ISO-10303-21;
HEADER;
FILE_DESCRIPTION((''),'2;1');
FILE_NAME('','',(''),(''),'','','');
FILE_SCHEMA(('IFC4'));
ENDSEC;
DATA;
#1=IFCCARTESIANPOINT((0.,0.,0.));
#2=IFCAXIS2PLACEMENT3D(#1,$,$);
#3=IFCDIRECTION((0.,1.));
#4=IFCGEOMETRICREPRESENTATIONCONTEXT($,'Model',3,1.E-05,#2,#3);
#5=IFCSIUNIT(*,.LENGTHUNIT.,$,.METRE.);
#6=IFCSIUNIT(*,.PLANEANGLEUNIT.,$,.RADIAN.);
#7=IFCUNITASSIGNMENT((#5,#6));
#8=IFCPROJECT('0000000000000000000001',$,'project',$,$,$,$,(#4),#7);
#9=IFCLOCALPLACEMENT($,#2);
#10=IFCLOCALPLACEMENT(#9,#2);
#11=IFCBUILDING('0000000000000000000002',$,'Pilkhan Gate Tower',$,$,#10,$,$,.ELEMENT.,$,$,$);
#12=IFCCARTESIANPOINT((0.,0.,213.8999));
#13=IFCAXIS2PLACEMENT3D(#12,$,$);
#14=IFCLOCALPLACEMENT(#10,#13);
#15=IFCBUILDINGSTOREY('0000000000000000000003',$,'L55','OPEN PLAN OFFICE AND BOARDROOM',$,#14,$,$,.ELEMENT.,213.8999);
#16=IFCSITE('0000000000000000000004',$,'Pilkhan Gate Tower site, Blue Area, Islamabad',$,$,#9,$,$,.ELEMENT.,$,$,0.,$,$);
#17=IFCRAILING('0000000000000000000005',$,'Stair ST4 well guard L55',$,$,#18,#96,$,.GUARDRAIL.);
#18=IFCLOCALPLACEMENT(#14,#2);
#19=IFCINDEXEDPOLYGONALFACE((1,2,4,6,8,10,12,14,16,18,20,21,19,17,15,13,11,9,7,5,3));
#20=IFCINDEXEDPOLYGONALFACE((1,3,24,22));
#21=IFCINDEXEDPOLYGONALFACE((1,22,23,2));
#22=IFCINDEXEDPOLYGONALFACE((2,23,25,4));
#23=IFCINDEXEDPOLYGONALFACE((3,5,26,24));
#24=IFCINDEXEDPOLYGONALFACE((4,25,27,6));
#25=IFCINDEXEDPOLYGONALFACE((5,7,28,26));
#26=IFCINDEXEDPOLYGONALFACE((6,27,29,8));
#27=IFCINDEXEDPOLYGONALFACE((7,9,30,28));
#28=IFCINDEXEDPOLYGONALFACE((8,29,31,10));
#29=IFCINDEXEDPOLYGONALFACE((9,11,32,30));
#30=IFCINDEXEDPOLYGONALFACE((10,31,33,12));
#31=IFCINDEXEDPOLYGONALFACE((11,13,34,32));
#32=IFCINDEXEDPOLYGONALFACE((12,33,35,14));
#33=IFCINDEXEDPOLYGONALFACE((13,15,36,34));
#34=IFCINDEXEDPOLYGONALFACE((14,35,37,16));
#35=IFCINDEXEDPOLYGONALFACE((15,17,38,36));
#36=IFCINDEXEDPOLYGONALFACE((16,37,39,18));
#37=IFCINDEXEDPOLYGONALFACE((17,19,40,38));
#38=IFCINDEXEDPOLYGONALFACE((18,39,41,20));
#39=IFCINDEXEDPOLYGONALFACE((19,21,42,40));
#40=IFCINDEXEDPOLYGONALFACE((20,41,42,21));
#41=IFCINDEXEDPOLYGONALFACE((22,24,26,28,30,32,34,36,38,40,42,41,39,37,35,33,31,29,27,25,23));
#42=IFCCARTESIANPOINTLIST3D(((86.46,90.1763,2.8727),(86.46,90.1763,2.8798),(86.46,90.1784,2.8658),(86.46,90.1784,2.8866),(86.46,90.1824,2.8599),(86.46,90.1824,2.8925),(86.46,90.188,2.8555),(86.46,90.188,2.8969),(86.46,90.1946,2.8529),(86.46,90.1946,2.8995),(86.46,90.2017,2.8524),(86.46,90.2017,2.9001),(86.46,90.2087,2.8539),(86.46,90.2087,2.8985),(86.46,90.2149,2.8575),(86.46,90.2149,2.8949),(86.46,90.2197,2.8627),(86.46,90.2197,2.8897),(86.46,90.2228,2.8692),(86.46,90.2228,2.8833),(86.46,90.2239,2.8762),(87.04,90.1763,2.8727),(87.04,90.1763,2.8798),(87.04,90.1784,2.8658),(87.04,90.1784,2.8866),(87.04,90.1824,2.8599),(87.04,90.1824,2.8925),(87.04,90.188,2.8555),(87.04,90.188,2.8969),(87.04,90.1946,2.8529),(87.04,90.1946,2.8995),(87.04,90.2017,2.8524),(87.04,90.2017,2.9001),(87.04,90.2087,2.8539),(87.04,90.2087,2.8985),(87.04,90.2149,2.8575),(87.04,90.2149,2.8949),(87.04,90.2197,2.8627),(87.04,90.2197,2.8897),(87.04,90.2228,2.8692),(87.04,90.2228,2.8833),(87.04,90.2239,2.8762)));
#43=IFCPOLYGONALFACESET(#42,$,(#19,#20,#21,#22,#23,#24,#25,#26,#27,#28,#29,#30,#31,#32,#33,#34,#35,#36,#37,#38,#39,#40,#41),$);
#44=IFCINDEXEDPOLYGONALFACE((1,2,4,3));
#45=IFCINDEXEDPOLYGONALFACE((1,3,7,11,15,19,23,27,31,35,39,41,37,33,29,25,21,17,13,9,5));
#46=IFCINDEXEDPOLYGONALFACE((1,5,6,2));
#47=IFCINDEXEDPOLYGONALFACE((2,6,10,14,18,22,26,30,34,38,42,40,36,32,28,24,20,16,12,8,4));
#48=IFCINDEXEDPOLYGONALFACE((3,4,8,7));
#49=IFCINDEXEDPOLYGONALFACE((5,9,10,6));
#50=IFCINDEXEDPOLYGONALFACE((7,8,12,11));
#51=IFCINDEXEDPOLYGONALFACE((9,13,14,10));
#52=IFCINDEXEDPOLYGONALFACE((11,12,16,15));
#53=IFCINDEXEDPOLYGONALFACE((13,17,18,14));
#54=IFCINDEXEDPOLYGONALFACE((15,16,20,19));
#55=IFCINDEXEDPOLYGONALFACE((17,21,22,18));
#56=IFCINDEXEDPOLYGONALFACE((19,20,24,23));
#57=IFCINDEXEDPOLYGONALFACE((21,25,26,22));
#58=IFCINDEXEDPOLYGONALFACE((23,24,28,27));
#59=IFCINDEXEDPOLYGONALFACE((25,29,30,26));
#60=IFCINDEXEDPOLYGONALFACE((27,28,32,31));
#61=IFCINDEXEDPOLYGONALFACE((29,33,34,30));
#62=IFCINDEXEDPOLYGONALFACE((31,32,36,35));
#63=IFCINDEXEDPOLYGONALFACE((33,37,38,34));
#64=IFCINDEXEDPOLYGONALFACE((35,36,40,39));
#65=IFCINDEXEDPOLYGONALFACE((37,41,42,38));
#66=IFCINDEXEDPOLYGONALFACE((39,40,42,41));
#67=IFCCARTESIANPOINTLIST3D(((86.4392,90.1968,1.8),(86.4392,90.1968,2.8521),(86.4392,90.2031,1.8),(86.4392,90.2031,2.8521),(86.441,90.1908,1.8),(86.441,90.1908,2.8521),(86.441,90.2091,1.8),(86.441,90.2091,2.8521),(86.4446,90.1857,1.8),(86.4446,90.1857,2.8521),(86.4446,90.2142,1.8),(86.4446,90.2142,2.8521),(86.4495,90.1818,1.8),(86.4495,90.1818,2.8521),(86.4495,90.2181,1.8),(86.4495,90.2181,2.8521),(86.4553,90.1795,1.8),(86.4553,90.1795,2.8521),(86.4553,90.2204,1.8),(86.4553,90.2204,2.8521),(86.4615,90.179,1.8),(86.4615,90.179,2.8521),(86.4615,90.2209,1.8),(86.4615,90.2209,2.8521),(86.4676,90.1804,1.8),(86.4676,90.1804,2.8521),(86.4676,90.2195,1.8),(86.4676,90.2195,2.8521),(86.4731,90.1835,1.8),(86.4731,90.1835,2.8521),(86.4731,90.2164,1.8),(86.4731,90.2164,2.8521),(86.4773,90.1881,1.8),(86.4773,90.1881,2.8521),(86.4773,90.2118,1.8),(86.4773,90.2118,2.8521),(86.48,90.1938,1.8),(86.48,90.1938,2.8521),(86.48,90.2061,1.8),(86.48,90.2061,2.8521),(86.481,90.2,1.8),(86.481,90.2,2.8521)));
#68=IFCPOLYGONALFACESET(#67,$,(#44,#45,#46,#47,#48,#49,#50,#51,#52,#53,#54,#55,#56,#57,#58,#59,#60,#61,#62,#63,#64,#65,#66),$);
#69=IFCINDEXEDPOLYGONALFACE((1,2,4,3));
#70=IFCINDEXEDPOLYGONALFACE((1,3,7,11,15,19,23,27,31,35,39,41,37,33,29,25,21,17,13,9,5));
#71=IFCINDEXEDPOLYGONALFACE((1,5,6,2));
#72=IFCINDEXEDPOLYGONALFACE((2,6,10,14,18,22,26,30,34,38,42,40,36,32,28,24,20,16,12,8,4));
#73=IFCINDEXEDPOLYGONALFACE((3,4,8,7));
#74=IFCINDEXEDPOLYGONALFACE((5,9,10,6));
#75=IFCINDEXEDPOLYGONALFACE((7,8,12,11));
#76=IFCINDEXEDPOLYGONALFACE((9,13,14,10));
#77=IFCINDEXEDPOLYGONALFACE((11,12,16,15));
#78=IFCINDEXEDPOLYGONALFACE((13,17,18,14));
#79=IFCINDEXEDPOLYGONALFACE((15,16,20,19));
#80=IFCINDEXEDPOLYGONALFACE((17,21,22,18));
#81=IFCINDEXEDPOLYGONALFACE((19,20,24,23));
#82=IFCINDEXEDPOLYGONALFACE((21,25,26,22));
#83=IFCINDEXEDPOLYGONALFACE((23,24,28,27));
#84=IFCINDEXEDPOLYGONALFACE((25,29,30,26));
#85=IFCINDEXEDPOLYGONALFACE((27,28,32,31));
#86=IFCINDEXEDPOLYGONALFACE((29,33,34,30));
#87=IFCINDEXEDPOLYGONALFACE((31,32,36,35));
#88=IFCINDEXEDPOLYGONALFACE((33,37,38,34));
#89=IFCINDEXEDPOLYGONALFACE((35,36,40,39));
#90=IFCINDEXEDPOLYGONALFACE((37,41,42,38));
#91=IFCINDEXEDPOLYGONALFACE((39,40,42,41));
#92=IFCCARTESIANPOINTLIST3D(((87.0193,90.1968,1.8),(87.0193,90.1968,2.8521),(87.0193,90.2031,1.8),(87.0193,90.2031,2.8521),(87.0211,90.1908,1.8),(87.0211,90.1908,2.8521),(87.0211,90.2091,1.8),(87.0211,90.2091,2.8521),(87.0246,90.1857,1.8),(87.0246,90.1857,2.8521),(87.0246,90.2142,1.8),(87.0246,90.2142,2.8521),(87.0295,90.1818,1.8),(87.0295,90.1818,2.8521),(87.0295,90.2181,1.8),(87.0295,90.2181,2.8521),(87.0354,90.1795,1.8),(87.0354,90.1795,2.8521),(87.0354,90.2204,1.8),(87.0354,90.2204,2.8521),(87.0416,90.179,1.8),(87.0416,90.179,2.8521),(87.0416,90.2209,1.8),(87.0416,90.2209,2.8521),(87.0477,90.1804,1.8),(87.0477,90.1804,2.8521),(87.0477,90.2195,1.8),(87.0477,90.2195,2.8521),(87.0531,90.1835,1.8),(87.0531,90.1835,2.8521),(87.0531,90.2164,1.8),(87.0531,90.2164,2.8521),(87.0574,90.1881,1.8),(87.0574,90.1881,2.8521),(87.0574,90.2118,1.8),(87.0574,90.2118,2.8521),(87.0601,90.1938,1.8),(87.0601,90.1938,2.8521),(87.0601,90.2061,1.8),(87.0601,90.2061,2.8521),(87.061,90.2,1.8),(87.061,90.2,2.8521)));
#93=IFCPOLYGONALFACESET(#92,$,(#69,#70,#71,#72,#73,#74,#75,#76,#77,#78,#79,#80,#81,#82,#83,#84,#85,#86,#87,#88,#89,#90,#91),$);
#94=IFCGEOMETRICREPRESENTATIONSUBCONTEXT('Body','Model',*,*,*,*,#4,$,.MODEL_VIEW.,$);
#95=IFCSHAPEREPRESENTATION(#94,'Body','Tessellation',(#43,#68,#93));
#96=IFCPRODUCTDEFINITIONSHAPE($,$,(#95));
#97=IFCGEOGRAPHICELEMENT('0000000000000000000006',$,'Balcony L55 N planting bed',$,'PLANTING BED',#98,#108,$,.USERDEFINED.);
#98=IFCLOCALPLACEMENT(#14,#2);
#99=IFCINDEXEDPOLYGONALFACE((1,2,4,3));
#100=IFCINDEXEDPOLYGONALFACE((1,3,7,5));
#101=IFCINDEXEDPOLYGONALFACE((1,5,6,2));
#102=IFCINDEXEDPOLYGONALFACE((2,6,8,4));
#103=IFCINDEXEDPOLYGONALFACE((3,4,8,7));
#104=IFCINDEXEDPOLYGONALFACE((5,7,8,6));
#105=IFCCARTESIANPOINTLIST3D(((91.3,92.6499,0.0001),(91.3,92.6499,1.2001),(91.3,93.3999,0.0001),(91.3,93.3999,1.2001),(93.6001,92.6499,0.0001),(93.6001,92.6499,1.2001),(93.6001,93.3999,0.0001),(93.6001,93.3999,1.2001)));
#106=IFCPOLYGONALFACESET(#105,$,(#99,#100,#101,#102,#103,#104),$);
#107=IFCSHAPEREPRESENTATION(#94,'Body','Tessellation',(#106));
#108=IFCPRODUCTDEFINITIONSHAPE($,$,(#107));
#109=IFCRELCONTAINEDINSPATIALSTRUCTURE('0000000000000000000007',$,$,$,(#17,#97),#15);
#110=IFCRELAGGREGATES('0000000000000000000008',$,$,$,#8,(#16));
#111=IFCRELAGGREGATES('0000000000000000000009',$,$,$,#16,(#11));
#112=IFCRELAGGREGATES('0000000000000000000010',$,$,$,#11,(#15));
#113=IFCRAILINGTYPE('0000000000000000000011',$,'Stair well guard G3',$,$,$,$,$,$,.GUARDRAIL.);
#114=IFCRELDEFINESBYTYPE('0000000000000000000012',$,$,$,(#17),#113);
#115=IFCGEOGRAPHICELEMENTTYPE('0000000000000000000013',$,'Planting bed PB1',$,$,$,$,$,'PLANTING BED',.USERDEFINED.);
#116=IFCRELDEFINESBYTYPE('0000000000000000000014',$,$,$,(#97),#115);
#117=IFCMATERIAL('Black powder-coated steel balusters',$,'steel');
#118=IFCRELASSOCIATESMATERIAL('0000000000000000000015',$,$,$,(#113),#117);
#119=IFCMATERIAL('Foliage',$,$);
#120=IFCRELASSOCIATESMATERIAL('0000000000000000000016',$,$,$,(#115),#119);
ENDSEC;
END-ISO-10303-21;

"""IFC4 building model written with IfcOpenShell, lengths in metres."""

from ifc_helpers import new_model, si_unit, direction, frame, origin, origin_2d, place, context, subcontext, project, spatial, rectangle, circle, extrude, material, material_profile, profile_set, type_object, element, save


model = new_model("IFC4")

# Units and contexts
model_context = context("Model", 3, precision=1e-05, world=origin(), true_north=direction((0.0, 1.0)))
body_context = subcontext(model_context, "Body", "Model", "MODEL_VIEW")
ifc_project = project(units=[si_unit("LENGTHUNIT", "METRE"), si_unit("PLANEANGLEUNIT", "RADIAN")], contexts=[model_context])

# Site, building, storey
site_placement = place(None, origin())
site = spatial("IfcSite", under=ifc_project, at=site_placement, Name="Pilkhan Gate Tower site, Blue Area, Islamabad", CompositionType="ELEMENT", RefElevation=0.0)
building_placement = place(site_placement, origin())
building = spatial("IfcBuilding", under=site, at=building_placement, Name="Pilkhan Gate Tower", CompositionType="ELEMENT")
storey_placement = place(building_placement, frame((0.0, 0.0, 213.8999)))
storey = spatial("IfcBuildingStorey", under=building, at=storey_placement, Name="L55", Description="OPEN PLAN OFFICE AND BOARDROOM", CompositionType="ELEMENT", Elevation=213.8999)

# Railing
ifc_material_1 = material(Name="Black powder-coated steel balusters", Category="steel")
railing_type_1 = type_object("IfcRailingType", Name="Stair well guard G3", PredefinedType="GUARDRAIL", material=ifc_material_1)
for number, where, name in (
    (1, (86.46, 90.2, 1.8), "Stair ST4 well guard L55"),
):
    element("IfcRailing", number, at=place(storey_placement, frame(where)), inside=storey, type_object=railing_type_1, Name=name, PredefinedType="GUARDRAIL", context=body_context, shape_type="SweptSolid", body=[
        extrude(circle(Radius=0.0239, at=origin_2d()), frame((0.0, 0.0, 1.0762), z_axis=(1.0, 0.0, 0.0), x_axis=(0.0, 1.0, 0.0)), (0.0, 0.0, 1.0), 0.5801),
        extrude(circle(Radius=0.021, at=origin_2d()), origin(), (0.0, 0.0, 1.0), 1.052),
        extrude(circle(Radius=0.021, at=origin_2d()), frame((0.5801, 0.0, 0.0)), (0.0, 0.0, 1.0), 1.052),
    ])

# Geographic element
ifc_material_2 = material(Name="Foliage")
ifc_material_profile_1 = material_profile(ifc_material_2, rectangle(XDim=0.75, YDim=1.2, at=origin_2d()), Name="Bed 750x1200")
ifc_profile_set_1 = profile_set([ifc_material_profile_1], Name="Foliage")
geographic_element_type = type_object("IfcGeographicElementType", Name="Planting bed PB1", ElementType="PLANTING BED", PredefinedType="USERDEFINED", material=ifc_profile_set_1)
geographic_element_placement = place(storey_placement, frame((91.3, 93.0249, 0.6001), z_axis=(1.0, 0.0, 0.0), x_axis=(0.0, 1.0, 0.0)))
element("IfcGeographicElement", 2, at=geographic_element_placement, inside=storey, type_object=geographic_element_type, Name="Balcony L55 N planting bed", ObjectType="PLANTING BED", PredefinedType="USERDEFINED", context=body_context, shape_type="SweptSolid", body=[
    extrude(rectangle(XDim=0.75, YDim=1.2, at=origin_2d()), origin(), (0.0, 0.0, 1.0), 2.3),
])

save(model, "model.ifc")
